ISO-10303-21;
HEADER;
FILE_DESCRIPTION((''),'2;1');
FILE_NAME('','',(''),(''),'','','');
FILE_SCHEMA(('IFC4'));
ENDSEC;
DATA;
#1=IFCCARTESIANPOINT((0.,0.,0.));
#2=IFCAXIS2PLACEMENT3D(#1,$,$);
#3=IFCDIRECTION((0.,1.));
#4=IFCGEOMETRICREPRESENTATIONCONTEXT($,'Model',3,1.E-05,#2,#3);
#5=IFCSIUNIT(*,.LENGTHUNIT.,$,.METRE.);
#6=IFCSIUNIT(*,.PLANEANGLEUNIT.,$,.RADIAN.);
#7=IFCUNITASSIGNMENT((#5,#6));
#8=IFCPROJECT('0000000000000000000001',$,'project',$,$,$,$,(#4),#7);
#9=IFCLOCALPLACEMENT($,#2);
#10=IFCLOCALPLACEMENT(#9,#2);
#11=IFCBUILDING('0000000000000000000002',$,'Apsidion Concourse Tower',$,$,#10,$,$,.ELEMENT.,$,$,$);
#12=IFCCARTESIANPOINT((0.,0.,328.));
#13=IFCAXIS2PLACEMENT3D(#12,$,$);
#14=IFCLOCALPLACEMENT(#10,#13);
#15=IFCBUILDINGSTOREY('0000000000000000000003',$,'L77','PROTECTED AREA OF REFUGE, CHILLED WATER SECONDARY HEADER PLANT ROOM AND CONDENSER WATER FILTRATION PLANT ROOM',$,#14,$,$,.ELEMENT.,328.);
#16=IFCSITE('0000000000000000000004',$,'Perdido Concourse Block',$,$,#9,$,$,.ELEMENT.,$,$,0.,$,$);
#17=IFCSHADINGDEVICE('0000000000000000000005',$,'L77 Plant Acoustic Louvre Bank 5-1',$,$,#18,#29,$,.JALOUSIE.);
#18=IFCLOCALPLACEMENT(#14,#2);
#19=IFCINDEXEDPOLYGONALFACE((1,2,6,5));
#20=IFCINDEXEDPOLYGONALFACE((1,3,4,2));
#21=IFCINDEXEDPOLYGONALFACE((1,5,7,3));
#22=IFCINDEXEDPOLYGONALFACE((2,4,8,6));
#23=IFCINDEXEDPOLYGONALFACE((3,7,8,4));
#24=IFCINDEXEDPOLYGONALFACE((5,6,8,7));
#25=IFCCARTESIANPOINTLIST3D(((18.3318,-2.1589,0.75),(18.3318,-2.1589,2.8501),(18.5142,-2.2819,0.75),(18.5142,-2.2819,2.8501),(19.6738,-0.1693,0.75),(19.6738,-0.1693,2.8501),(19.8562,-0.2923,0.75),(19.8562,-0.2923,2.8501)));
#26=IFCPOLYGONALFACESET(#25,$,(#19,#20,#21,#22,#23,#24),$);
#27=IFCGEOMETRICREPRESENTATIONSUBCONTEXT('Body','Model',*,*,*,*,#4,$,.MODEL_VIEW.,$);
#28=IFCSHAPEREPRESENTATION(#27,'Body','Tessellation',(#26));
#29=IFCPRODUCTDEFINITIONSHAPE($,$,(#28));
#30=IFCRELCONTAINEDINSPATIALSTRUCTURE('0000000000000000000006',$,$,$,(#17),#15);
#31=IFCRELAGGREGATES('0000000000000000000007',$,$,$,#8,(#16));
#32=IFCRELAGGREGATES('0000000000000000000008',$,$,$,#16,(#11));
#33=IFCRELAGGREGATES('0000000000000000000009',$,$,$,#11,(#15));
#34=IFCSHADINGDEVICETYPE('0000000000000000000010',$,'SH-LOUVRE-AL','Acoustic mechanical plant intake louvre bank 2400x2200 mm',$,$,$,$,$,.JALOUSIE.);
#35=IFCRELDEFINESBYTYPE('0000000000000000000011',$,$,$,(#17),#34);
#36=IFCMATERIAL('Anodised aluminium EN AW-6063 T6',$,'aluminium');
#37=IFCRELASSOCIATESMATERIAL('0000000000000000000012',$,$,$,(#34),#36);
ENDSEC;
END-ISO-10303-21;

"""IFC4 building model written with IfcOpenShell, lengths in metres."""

from ifc_helpers import new_model, si_unit, direction, frame, origin, origin_2d, place, context, subcontext, project, spatial, rectangle, extrude, material, type_object, element, save


model = new_model("IFC4")

# Units and contexts
model_context = context("Model", 3, precision=1e-05, world=origin(), true_north=direction((0.0, 1.0)))
body_context = subcontext(model_context, "Body", "Model", "MODEL_VIEW")
ifc_project = project(units=[si_unit("LENGTHUNIT", "METRE"), si_unit("PLANEANGLEUNIT", "RADIAN")], contexts=[model_context])

# Site, building, storey
site_placement = place(None, origin())
site = spatial("IfcSite", under=ifc_project, at=site_placement, Name="Perdido Concourse Block", CompositionType="ELEMENT", RefElevation=0.0)
building_placement = place(site_placement, origin())
building = spatial("IfcBuilding", under=site, at=building_placement, Name="Apsidion Concourse Tower", CompositionType="ELEMENT")
storey_placement = place(building_placement, frame((0.0, 0.0, 328.0)))
storey = spatial("IfcBuildingStorey", under=building, at=storey_placement, Name="L77", Description="PROTECTED AREA OF REFUGE, CHILLED WATER SECONDARY HEADER PLANT ROOM AND CONDENSER WATER FILTRATION PLANT ROOM", CompositionType="ELEMENT", Elevation=328.0)

# Shading device
ifc_material_1 = material(Name="Anodised aluminium EN AW-6063 T6", Category="aluminium")
shading_device_type = type_object("IfcShadingDeviceType", Name="SH-LOUVRE-AL", Description="Acoustic mechanical plant intake louvre bank 2400x2200 mm", PredefinedType="JALOUSIE", material=ifc_material_1)
shading_device_placement = place(storey_placement, frame((19.094, -1.2256, 0.75), z_axis=(0.0, 0.0, 1.0), x_axis=(-0.559193, -0.829038, 0.0)))
element("IfcShadingDevice", 1, at=shading_device_placement, inside=storey, type_object=shading_device_type, Name="L77 Plant Acoustic Louvre Bank 5-1", PredefinedType="JALOUSIE", context=body_context, shape_type="SweptSolid", body=[
    extrude(rectangle(XDim=2.3999, YDim=0.22, at=origin_2d()), origin(), (0.0, 0.0, 1.0), 2.1001),
])

save(model, "model.ifc")
